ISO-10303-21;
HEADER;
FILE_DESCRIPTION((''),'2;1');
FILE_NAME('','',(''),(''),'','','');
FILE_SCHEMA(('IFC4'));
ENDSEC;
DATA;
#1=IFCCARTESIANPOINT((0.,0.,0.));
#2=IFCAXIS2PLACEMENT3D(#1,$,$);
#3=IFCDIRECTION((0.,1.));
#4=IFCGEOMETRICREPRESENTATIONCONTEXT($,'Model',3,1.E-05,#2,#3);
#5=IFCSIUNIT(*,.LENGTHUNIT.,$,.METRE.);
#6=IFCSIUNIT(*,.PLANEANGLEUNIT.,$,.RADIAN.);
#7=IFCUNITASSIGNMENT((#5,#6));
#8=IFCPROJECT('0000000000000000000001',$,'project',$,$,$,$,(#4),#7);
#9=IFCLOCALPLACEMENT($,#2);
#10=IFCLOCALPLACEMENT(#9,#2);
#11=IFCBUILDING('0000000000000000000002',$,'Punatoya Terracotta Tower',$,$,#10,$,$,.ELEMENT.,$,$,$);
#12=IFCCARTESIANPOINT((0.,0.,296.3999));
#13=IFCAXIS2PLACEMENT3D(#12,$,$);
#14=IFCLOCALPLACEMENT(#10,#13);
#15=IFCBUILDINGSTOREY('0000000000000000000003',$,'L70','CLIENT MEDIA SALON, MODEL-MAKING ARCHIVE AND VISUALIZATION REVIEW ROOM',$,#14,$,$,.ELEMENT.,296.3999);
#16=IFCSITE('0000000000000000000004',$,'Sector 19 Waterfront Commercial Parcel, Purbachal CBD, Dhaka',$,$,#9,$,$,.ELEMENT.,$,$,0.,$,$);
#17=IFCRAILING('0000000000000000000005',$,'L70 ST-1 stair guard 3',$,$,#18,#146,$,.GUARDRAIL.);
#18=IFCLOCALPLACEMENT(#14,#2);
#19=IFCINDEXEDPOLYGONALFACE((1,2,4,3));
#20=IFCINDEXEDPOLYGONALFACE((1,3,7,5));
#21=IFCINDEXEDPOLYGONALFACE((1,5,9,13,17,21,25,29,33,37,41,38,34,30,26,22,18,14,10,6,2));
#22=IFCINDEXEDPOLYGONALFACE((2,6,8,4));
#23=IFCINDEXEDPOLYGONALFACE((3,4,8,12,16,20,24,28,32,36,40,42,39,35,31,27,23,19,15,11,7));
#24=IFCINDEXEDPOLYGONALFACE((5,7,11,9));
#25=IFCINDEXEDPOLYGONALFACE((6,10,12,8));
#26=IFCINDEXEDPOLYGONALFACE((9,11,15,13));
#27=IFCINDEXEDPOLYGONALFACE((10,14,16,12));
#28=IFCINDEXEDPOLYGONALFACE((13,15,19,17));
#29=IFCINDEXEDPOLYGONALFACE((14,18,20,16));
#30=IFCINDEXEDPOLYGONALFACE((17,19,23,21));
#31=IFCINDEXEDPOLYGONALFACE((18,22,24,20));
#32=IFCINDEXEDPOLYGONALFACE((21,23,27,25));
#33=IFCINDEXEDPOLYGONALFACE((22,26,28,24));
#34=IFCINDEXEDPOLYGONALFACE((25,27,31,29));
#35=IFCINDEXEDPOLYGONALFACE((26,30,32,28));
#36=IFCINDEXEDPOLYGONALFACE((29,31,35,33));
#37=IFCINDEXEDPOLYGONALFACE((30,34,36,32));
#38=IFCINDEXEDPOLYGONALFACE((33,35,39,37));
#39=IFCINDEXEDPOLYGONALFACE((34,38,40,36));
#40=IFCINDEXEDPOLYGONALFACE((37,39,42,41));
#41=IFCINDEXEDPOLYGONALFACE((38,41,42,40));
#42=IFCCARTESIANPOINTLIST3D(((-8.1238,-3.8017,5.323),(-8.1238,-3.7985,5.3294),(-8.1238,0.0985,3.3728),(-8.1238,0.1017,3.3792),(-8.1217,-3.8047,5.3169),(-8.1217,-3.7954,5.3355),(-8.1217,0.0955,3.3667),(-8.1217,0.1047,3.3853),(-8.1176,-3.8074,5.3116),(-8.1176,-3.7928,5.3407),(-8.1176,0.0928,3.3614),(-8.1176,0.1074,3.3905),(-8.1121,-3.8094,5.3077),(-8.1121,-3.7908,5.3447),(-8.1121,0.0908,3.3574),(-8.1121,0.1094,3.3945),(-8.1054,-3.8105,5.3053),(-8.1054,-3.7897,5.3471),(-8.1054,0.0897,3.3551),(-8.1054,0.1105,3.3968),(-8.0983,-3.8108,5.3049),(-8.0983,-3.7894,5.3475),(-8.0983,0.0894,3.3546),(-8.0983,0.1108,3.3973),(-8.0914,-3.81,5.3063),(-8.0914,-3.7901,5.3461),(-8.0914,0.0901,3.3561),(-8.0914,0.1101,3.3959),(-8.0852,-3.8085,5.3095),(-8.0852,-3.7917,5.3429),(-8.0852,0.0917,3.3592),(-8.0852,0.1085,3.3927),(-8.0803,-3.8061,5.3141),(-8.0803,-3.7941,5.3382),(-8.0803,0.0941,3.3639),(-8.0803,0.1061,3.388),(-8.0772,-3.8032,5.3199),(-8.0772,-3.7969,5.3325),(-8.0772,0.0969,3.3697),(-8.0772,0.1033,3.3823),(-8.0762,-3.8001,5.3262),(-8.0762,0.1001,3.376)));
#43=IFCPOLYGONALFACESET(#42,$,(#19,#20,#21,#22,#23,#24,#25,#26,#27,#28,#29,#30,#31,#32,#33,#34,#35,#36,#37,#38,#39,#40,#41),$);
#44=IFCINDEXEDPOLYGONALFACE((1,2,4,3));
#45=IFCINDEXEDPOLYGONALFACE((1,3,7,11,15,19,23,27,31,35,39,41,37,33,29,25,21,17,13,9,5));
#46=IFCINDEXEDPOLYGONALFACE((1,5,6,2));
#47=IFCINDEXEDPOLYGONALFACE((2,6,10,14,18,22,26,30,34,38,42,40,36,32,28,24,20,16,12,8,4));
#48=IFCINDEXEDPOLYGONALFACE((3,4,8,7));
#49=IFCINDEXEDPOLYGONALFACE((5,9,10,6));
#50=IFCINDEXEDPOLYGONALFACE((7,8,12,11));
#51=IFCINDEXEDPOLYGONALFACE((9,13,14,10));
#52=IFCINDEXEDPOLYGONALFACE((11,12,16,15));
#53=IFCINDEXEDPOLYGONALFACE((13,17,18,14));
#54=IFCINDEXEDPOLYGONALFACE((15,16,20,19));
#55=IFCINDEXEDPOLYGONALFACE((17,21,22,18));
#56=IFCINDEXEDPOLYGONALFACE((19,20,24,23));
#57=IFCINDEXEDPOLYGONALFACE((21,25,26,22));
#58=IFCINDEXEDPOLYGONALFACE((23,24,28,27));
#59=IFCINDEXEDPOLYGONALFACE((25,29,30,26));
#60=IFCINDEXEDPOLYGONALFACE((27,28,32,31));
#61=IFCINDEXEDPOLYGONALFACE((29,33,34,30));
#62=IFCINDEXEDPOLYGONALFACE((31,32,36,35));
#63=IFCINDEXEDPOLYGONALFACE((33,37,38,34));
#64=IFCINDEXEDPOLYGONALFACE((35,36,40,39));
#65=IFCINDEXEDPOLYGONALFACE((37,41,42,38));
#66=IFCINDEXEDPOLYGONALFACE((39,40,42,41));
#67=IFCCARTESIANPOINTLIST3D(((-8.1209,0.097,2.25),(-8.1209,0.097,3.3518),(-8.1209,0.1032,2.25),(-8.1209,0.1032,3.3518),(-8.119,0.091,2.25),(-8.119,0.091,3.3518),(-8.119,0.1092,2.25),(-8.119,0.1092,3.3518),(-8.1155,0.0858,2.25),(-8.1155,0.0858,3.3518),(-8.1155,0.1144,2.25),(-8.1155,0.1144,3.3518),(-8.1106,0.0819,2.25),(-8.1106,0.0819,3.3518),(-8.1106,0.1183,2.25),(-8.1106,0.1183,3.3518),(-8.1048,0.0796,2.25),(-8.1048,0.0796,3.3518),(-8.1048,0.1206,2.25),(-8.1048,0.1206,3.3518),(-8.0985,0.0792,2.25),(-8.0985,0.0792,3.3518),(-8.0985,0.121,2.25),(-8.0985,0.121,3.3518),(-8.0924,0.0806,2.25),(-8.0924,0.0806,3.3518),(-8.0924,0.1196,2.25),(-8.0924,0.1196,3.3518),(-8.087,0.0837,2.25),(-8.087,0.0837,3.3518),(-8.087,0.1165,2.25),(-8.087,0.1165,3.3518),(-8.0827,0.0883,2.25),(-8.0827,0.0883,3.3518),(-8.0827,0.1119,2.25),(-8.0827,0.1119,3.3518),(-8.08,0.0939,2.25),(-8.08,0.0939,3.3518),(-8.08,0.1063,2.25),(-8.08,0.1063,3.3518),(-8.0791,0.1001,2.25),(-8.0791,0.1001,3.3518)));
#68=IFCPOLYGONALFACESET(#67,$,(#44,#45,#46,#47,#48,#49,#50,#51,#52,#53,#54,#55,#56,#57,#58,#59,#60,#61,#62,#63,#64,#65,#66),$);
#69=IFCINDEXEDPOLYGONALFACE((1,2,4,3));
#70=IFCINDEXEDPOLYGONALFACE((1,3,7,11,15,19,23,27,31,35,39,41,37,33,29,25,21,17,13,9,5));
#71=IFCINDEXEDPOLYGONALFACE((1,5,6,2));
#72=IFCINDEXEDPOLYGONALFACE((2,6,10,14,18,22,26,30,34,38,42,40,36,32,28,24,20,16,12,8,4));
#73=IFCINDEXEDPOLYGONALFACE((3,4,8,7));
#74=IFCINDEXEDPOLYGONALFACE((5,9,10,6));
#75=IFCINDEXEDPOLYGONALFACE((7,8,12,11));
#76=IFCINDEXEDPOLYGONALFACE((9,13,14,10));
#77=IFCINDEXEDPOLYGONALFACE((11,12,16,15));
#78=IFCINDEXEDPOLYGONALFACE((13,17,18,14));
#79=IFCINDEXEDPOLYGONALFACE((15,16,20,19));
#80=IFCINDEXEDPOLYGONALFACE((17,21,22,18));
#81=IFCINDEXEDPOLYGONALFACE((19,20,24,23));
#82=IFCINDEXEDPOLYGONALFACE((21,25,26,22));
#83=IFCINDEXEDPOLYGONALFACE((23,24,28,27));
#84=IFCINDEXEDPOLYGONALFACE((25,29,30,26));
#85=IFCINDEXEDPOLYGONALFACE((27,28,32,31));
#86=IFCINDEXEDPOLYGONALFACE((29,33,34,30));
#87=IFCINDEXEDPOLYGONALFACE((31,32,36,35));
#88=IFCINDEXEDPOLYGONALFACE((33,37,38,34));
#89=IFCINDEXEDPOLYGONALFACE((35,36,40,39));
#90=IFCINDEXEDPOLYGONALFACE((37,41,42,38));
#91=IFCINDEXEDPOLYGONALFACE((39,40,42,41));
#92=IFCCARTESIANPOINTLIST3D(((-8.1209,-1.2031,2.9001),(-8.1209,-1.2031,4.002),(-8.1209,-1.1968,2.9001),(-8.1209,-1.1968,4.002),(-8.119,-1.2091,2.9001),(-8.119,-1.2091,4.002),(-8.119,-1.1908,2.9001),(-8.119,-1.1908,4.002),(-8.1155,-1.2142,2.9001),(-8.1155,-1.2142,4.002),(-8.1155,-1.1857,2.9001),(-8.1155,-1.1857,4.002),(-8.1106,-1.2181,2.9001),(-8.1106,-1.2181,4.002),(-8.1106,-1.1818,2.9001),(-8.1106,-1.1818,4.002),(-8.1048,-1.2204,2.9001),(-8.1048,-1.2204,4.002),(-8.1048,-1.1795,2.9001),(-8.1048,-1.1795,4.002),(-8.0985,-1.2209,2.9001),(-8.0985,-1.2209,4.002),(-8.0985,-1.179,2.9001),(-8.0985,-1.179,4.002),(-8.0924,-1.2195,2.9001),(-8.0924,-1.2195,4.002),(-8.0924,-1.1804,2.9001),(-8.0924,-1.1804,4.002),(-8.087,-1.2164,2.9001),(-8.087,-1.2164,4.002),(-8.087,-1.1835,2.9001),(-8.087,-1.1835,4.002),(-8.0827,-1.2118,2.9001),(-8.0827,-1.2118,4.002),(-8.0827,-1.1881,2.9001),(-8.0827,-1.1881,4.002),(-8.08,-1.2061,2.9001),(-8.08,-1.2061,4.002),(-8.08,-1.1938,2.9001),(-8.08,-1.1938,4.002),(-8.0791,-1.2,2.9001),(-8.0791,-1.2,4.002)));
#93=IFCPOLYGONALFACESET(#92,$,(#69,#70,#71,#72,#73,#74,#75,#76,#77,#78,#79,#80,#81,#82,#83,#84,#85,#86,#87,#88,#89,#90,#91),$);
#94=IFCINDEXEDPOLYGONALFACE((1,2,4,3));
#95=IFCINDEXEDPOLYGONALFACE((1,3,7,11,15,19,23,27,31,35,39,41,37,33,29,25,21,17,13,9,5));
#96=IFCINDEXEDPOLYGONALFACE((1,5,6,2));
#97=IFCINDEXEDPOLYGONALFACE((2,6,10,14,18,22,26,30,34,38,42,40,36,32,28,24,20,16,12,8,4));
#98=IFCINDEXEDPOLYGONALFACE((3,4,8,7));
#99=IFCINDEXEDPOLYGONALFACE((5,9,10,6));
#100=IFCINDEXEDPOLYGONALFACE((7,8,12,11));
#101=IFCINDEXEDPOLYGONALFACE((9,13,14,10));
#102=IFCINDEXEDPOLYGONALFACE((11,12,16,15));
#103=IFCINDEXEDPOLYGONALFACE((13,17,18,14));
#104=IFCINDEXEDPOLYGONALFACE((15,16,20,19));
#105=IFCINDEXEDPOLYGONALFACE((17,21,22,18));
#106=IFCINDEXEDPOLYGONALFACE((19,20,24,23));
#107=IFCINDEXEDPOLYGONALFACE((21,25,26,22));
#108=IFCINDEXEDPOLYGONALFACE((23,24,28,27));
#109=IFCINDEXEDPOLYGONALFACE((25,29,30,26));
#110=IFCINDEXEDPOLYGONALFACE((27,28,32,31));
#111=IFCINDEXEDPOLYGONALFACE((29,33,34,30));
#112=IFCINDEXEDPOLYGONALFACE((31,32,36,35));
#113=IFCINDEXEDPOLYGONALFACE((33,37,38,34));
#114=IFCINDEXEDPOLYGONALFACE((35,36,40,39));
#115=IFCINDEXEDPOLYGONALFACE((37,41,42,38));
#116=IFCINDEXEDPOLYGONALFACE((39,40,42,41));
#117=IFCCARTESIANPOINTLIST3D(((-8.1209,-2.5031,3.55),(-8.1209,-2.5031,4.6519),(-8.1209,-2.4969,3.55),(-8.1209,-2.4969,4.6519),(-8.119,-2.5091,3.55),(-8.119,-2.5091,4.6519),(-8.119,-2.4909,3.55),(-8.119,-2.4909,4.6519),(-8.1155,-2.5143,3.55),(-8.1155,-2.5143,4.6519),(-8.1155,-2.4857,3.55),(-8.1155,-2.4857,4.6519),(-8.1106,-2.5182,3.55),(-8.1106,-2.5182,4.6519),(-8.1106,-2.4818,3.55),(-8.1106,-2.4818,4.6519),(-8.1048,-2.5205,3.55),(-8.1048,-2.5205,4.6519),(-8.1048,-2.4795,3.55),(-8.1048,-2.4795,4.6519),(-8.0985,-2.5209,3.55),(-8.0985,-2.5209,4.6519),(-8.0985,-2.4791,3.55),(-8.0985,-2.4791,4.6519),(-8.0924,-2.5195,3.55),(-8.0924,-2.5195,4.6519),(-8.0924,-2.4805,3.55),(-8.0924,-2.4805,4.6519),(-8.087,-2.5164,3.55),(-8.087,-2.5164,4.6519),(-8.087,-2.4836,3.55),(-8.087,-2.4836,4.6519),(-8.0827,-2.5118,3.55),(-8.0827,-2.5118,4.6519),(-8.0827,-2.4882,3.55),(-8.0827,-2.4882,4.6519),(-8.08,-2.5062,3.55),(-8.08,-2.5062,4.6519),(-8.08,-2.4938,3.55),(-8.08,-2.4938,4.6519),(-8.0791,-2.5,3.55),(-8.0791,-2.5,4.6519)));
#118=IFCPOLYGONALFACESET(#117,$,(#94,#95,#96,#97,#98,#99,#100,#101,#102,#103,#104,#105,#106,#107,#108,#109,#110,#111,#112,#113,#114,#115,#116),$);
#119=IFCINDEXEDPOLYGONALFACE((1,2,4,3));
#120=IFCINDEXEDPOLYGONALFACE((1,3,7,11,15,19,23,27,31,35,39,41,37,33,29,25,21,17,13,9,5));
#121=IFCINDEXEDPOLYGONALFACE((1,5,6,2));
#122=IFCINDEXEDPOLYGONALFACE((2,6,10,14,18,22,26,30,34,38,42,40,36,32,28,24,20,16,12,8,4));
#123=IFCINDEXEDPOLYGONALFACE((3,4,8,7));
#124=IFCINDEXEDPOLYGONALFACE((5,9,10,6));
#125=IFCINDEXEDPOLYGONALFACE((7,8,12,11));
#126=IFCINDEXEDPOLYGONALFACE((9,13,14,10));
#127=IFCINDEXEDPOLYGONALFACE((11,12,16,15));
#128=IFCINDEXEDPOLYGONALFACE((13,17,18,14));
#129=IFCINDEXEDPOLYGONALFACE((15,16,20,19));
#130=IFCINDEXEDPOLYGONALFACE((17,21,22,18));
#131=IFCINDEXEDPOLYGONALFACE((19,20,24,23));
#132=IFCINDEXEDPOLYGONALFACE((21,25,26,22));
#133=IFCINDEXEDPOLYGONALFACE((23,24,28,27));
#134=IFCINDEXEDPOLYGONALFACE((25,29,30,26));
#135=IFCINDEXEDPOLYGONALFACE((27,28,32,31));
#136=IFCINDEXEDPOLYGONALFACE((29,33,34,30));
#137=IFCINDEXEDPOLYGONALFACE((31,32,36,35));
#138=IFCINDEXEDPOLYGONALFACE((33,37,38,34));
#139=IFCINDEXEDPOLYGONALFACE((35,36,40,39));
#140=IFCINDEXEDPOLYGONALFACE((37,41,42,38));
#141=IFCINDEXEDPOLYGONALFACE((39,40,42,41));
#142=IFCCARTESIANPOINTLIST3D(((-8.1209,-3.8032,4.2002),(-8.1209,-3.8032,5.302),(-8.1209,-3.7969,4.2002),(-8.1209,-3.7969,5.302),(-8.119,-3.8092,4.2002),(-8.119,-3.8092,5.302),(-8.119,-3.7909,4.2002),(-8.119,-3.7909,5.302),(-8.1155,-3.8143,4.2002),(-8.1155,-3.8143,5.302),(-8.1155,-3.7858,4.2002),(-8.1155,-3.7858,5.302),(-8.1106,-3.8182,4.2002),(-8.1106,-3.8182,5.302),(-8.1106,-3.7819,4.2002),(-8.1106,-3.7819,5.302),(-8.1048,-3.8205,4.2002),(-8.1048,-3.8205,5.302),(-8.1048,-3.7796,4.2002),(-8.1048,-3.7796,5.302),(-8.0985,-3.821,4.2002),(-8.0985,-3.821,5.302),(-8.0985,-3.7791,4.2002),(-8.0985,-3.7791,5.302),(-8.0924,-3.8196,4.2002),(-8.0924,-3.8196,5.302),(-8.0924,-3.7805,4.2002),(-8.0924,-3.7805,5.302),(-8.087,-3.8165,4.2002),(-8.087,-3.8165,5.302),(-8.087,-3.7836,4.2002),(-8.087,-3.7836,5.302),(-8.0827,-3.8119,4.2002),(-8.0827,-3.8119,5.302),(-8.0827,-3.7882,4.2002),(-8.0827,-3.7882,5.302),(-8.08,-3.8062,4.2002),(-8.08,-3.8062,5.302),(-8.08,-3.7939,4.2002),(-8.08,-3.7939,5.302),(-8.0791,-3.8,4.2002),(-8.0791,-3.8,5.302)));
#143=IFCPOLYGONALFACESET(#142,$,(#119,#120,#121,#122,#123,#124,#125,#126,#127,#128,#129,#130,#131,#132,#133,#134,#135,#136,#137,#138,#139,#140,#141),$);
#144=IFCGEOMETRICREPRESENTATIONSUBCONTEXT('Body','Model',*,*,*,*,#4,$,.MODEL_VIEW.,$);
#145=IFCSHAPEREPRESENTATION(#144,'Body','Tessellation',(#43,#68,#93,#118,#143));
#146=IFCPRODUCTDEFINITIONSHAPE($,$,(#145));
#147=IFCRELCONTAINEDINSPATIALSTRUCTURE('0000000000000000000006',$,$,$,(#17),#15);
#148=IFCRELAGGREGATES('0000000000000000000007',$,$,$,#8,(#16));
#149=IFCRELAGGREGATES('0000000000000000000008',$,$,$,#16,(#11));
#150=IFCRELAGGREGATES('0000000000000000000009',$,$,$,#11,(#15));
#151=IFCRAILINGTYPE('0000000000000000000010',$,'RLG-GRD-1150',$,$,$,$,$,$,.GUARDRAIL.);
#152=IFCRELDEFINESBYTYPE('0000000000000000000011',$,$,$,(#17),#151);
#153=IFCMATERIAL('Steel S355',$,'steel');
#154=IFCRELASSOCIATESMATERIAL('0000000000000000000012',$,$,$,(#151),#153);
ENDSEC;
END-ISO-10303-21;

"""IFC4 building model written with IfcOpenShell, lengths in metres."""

from ifc_helpers import new_model, si_unit, direction, frame, origin, origin_2d, place, context, subcontext, project, spatial, circle, extrude, material, type_object, element, save


model = new_model("IFC4")

# Units and contexts
model_context = context("Model", 3, precision=1e-05, world=origin(), true_north=direction((0.0, 1.0)))
body_context = subcontext(model_context, "Body", "Model", "MODEL_VIEW")
ifc_project = project(units=[si_unit("LENGTHUNIT", "METRE"), si_unit("PLANEANGLEUNIT", "RADIAN")], contexts=[model_context])

# Site, building, storey
site_placement = place(None, origin())
site = spatial("IfcSite", under=ifc_project, at=site_placement, Name="Sector 19 Waterfront Commercial Parcel, Purbachal CBD, Dhaka", CompositionType="ELEMENT", RefElevation=0.0)
building_placement = place(site_placement, origin())
building = spatial("IfcBuilding", under=site, at=building_placement, Name="Punatoya Terracotta Tower", CompositionType="ELEMENT")
storey_placement = place(building_placement, frame((0.0, 0.0, 296.3999)))
storey = spatial("IfcBuildingStorey", under=building, at=storey_placement, Name="L70", Description="CLIENT MEDIA SALON, MODEL-MAKING ARCHIVE AND VISUALIZATION REVIEW ROOM", CompositionType="ELEMENT", Elevation=296.3999)

# Shared definitions
ifc_material_1 = material(Name="Steel S355", Category="steel")

# Railing
railing_type_1 = type_object("IfcRailingType", Name="RLG-GRD-1150", PredefinedType="GUARDRAIL", material=ifc_material_1)
railing_1_placement = place(storey_placement, frame((-8.1001, 0.1001, 2.25)))
element("IfcRailing", 1, at=railing_1_placement, inside=storey, type_object=railing_type_1, Name="L70 ST-1 stair guard 3", PredefinedType="GUARDRAIL", context=body_context, shape_type="SweptSolid", body=[
    extrude(circle(Radius=0.0239, at=origin_2d()), frame((0.0, 0.0, 1.126), z_axis=(0.0, -0.894416, 0.447236), x_axis=(1.0, 0.0, 0.0)), (0.0, 0.0, 1.0), 4.3606),
    extrude(circle(Radius=0.021, at=origin_2d()), origin(), (0.0, 0.0, 1.0), 1.1018),
    extrude(circle(Radius=0.021, at=origin_2d()), frame((0.0, -1.3, 0.6501)), (0.0, 0.0, 1.0), 1.1018),
    extrude(circle(Radius=0.021, at=origin_2d()), frame((0.0, -2.6001, 1.3)), (0.0, 0.0, 1.0), 1.1018),
    extrude(circle(Radius=0.021, at=origin_2d()), frame((0.0, -3.9001, 1.9502)), (0.0, 0.0, 1.0), 1.1018),
])

save(model, "model.ifc")
